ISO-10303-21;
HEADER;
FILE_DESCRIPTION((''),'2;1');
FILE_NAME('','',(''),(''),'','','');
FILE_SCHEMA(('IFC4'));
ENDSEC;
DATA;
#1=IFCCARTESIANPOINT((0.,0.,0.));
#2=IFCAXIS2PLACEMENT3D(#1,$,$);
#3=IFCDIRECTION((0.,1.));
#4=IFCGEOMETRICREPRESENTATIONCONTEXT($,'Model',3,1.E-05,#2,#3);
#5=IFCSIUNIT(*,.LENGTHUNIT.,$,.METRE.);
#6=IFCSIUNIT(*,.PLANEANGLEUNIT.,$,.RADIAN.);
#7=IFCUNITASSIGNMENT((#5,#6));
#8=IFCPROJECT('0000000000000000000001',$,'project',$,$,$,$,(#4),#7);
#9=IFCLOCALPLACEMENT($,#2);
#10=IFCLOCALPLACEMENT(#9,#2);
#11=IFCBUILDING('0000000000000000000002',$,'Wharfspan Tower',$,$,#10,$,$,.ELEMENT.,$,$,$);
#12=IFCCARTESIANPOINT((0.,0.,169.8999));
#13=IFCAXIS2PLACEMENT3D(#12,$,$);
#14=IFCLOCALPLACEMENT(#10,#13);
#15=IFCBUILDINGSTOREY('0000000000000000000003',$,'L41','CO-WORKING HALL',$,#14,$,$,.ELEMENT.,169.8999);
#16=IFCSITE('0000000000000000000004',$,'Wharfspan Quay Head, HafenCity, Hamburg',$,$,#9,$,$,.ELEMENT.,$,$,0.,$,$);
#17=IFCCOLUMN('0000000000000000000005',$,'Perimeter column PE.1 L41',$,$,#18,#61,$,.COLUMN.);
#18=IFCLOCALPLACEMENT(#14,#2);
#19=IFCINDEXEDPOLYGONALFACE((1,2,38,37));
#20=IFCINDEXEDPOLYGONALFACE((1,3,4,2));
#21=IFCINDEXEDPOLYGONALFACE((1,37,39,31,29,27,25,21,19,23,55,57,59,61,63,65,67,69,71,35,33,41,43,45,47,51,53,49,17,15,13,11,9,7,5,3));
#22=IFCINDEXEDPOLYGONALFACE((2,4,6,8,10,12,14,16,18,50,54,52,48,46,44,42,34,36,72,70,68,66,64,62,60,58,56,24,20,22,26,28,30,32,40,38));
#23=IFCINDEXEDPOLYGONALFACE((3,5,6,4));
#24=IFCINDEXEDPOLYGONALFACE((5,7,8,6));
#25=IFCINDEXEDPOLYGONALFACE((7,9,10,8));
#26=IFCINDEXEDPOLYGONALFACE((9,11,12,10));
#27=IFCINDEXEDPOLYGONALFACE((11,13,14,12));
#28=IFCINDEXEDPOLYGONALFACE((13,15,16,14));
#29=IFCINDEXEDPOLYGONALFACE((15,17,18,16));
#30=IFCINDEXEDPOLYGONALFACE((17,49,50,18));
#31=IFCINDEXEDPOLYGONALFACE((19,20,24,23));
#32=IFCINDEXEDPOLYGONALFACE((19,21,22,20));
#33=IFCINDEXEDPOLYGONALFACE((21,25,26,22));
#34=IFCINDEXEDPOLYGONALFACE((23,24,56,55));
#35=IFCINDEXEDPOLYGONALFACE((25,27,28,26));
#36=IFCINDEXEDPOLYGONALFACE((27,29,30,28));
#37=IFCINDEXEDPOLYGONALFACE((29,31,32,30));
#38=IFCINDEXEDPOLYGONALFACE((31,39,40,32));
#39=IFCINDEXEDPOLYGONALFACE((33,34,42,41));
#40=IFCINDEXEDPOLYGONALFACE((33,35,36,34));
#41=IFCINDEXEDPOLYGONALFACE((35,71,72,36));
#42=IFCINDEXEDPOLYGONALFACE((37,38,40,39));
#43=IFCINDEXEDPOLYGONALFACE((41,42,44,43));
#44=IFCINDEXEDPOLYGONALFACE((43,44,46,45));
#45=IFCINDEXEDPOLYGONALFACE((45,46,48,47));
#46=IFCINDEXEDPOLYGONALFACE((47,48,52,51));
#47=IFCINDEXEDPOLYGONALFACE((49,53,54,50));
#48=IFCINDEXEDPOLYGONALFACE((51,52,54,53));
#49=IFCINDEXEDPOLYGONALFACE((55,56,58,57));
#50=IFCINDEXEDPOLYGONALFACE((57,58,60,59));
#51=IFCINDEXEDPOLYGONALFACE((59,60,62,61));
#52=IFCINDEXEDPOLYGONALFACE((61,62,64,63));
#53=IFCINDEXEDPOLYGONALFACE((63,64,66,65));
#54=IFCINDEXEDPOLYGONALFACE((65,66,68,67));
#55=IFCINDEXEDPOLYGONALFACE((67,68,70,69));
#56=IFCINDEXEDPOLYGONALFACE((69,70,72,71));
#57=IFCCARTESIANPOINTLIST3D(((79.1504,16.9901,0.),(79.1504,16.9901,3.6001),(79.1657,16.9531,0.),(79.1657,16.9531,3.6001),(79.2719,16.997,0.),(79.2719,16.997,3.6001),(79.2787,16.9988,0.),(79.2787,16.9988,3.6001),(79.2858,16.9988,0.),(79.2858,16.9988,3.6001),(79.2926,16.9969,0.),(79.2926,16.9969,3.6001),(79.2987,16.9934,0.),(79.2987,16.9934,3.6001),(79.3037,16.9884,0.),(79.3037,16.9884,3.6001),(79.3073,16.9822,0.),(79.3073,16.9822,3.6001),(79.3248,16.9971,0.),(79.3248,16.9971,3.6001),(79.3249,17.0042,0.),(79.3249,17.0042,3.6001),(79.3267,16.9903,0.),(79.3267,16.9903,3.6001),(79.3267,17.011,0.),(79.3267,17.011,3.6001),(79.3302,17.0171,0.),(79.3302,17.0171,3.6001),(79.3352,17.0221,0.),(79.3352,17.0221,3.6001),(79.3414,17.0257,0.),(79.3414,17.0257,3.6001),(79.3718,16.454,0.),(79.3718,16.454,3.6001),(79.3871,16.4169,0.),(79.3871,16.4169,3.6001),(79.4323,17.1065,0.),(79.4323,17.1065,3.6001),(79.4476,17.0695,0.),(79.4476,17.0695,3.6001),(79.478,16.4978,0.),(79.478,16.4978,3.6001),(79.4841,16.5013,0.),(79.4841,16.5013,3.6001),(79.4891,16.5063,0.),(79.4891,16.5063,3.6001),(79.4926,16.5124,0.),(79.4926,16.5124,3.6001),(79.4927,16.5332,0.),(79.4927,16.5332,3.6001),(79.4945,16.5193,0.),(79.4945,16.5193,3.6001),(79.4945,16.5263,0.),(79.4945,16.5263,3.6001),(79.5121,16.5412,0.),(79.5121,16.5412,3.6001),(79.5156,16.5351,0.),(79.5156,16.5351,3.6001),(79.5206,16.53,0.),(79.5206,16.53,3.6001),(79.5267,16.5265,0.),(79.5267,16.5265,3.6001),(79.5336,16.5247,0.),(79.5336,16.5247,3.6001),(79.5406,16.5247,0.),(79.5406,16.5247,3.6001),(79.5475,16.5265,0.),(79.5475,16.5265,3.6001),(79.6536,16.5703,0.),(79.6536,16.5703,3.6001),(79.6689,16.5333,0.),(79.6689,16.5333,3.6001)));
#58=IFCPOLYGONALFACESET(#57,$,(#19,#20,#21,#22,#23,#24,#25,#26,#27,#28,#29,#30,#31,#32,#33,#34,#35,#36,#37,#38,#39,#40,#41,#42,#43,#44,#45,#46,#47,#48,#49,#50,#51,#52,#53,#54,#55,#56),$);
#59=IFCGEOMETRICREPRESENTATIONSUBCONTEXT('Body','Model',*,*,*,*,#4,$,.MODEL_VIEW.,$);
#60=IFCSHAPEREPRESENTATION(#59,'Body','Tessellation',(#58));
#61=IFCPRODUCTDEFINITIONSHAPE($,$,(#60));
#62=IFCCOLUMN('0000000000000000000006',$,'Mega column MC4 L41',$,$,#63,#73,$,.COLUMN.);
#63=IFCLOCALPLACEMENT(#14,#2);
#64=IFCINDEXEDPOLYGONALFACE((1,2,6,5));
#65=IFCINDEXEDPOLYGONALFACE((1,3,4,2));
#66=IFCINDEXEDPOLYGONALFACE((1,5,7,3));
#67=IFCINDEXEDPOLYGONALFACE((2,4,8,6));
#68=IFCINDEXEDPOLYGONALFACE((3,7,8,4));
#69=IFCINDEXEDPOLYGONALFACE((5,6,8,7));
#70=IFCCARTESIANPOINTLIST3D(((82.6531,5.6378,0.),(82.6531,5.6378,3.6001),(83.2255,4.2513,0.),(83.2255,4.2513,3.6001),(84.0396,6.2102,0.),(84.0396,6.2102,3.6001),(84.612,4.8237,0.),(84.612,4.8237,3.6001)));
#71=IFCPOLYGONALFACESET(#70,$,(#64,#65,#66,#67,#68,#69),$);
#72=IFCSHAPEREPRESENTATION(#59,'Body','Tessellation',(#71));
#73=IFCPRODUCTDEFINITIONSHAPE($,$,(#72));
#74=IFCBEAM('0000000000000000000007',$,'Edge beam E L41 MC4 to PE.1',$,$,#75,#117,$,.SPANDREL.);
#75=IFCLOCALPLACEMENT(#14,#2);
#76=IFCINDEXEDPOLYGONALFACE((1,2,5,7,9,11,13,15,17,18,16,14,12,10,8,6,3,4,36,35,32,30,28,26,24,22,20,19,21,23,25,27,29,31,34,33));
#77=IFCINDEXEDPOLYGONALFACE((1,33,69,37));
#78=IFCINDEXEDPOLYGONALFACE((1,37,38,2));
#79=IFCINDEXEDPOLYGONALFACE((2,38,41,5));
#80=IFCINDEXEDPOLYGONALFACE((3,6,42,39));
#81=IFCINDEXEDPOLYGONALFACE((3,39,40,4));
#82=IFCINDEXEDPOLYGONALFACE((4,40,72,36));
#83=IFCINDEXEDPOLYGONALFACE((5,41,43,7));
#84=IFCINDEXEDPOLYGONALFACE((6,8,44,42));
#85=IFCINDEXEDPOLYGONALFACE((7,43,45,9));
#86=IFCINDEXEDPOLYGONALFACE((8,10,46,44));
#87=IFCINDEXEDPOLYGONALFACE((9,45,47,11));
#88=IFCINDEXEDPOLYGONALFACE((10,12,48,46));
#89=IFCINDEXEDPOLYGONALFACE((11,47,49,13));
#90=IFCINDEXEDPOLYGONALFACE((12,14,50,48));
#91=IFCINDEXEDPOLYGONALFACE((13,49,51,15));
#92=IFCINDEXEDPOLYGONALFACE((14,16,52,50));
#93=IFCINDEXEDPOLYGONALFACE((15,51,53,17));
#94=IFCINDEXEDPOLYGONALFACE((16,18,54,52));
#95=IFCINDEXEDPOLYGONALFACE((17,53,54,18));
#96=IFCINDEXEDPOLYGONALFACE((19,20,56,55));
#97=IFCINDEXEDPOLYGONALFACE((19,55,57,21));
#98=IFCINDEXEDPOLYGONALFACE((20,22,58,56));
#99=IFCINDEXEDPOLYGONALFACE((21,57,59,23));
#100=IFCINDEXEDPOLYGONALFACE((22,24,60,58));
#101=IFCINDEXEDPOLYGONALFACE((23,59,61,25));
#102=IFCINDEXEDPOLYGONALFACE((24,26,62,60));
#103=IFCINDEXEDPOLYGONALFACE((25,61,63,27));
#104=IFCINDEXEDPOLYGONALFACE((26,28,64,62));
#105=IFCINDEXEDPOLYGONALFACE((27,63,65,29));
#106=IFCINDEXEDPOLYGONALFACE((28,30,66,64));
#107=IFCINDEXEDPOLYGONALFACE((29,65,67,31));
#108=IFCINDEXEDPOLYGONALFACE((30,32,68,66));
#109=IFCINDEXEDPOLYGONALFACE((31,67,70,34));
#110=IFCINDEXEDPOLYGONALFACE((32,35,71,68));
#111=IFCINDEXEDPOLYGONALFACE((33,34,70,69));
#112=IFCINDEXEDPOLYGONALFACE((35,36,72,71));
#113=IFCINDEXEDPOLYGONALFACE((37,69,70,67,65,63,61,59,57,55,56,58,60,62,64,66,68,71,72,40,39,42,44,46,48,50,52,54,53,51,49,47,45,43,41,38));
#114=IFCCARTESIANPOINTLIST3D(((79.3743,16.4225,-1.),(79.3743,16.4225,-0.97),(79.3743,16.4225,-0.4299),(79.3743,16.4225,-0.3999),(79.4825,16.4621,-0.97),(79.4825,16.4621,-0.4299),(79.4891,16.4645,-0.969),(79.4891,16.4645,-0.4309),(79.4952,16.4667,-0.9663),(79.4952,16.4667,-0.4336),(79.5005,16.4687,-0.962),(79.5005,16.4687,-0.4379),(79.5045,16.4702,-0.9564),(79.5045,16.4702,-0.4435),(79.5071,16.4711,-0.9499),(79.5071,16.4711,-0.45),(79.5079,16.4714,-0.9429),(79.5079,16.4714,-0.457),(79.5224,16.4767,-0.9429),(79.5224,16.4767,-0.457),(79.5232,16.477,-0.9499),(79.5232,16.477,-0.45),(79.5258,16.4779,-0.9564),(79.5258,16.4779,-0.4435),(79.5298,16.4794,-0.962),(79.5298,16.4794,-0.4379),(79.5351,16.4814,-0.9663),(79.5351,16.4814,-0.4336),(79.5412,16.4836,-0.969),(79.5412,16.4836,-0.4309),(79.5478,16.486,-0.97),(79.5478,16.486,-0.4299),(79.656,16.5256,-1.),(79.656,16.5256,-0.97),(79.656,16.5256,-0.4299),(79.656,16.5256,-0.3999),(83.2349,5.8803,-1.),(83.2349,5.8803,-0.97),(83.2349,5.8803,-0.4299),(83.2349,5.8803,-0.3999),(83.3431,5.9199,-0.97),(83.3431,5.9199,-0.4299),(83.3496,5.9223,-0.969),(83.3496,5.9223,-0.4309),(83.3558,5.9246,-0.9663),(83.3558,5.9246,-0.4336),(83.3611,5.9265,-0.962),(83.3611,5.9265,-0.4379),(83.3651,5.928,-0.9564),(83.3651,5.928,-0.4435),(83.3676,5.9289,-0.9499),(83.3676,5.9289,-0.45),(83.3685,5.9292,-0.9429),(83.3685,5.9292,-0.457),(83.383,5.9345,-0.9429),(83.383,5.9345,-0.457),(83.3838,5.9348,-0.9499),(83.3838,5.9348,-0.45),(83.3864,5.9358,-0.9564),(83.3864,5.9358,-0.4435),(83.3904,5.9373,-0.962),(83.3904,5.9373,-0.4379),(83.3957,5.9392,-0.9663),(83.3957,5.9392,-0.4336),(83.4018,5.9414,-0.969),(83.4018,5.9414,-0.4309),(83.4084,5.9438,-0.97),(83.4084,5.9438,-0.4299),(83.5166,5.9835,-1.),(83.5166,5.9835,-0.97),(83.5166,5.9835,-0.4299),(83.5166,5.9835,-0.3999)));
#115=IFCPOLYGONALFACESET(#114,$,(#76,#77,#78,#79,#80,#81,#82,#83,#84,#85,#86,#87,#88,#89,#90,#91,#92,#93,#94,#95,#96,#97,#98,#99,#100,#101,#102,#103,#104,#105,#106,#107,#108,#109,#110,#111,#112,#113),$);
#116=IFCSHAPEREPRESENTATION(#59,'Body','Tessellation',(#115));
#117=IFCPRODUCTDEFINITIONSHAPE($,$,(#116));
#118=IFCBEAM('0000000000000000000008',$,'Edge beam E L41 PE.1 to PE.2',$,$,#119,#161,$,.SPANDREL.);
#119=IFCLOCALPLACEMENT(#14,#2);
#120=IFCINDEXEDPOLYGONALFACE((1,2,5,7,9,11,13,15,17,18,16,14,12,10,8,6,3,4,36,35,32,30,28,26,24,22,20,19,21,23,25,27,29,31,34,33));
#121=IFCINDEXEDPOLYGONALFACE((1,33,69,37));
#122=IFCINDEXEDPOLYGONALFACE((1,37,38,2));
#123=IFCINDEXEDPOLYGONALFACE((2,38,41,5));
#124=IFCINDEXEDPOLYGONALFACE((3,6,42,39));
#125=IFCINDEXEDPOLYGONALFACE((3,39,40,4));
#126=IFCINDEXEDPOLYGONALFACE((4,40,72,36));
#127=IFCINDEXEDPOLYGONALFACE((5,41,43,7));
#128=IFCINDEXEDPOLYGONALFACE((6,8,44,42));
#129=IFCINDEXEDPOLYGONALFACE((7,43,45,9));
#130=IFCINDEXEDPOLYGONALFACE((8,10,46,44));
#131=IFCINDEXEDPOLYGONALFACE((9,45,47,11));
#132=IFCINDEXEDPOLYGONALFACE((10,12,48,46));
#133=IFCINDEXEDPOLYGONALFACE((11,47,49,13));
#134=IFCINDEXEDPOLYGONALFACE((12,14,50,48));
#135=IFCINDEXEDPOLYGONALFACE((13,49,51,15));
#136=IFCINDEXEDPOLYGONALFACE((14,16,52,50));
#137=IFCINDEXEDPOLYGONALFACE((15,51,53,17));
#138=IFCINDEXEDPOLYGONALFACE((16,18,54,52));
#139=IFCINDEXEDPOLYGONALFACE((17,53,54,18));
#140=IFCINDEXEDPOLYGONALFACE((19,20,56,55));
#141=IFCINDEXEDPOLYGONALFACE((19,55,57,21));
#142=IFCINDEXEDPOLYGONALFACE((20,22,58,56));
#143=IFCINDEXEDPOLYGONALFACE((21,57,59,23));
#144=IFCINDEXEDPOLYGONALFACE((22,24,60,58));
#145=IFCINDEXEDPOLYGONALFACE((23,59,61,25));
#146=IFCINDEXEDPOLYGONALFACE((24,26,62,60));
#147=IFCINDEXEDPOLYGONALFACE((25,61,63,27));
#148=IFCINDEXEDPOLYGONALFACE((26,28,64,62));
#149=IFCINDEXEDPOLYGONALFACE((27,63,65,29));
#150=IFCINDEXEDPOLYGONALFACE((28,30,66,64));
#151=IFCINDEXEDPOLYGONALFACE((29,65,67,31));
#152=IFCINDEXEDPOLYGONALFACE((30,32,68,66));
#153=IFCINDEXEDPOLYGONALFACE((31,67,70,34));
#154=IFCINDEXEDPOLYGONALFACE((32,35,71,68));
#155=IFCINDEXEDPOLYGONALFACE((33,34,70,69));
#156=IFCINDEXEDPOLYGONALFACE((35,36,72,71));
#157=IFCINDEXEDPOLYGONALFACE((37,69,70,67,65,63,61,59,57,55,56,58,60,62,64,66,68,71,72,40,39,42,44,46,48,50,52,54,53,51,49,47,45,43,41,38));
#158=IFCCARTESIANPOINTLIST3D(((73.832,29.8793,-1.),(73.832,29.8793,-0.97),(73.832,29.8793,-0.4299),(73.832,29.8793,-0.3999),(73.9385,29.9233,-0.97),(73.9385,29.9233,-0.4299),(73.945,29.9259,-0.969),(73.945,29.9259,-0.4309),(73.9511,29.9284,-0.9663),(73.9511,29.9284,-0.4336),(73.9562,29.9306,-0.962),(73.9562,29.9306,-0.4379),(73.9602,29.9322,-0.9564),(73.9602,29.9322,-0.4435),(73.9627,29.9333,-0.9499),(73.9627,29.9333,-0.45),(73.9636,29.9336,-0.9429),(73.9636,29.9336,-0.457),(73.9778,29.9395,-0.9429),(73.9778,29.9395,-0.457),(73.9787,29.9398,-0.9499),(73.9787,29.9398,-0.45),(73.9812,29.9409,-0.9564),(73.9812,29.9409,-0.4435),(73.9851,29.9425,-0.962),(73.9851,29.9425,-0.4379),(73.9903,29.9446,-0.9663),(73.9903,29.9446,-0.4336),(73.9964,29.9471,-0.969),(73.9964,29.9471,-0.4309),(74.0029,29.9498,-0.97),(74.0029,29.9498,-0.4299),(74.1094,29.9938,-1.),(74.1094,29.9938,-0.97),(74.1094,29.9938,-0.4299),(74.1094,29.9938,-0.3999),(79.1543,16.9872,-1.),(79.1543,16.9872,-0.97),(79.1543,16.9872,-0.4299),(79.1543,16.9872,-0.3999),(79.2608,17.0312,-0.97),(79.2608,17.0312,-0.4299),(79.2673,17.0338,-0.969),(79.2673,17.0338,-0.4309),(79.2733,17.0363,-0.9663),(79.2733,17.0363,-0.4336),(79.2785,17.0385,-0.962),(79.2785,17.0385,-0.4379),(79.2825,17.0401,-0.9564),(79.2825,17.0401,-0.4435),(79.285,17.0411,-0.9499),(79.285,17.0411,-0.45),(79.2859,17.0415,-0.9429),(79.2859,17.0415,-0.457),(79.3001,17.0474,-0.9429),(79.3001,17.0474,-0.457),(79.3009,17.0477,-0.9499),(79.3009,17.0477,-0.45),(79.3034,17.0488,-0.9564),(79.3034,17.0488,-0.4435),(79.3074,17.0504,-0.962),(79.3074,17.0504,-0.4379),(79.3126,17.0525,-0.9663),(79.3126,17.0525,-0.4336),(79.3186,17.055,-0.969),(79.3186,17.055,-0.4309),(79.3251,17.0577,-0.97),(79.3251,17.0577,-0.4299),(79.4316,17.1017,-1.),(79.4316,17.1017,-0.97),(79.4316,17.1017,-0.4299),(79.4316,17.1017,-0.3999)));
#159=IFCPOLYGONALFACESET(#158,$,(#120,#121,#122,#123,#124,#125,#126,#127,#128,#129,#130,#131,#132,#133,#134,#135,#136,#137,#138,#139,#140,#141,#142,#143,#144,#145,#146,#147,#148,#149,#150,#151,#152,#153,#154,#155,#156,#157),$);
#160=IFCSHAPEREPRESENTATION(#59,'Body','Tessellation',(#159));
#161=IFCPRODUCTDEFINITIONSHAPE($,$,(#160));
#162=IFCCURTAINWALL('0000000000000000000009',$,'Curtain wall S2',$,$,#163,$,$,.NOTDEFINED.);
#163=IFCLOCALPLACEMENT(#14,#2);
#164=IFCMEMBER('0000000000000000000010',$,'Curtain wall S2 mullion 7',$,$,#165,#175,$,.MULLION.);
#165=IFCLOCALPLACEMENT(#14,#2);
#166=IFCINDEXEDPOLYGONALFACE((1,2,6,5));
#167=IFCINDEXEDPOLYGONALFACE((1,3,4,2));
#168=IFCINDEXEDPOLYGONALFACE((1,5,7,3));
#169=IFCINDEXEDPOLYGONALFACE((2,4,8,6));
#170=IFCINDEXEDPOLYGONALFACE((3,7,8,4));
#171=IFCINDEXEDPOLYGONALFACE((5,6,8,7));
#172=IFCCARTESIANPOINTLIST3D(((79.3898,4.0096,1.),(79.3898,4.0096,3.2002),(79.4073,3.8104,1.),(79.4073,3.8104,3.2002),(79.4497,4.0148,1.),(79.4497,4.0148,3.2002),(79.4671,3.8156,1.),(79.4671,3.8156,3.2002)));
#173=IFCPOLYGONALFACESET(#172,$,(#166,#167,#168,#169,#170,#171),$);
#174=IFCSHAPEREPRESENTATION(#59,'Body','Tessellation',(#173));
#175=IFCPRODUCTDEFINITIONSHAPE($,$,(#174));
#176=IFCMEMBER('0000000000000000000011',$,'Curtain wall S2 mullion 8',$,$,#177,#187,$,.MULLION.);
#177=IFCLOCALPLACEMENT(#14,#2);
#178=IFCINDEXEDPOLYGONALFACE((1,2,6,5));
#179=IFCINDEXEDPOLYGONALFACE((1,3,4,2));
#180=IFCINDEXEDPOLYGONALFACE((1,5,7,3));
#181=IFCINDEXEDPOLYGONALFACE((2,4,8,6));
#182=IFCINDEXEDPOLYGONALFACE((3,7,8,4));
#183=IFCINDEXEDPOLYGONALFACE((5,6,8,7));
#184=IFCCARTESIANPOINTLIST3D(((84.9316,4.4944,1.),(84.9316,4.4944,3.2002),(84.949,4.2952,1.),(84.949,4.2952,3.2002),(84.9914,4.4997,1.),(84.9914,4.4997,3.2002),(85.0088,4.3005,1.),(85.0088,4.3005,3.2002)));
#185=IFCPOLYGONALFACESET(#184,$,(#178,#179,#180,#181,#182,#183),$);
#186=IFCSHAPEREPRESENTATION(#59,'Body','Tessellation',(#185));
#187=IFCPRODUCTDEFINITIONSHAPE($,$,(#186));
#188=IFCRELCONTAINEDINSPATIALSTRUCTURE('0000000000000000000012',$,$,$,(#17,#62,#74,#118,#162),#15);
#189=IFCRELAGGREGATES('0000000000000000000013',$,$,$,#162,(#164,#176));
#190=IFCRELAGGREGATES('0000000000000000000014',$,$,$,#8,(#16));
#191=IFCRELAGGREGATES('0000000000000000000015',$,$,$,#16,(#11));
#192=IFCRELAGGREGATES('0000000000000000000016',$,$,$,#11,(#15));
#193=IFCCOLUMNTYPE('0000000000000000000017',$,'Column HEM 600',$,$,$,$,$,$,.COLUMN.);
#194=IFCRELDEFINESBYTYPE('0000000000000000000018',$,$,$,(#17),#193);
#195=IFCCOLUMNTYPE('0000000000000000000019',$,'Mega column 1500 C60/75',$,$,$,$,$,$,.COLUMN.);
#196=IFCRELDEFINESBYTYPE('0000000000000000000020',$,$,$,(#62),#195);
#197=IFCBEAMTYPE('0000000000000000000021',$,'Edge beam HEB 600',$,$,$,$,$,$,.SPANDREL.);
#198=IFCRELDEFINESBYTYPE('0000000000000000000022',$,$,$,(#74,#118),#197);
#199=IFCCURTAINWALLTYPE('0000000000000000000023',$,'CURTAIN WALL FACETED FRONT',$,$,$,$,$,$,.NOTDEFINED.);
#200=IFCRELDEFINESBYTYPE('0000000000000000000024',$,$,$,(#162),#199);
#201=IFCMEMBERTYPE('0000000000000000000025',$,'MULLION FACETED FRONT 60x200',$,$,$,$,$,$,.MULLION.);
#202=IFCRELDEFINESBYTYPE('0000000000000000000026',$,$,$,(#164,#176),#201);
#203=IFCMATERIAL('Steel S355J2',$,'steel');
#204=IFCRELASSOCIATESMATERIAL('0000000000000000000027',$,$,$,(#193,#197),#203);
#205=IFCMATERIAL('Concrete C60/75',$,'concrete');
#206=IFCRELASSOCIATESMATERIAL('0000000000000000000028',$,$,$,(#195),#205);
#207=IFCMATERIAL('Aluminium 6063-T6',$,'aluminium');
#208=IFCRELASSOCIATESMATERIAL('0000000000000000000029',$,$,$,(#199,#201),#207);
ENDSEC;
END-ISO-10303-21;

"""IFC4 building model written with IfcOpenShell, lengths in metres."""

from ifc_helpers import new_model, si_unit, direction, frame, origin, origin_2d, place, context, subcontext, project, spatial, rectangle, i_section, extrude, material, material_profile, profile_set, type_object, element, aggregate, save


model = new_model("IFC4")

# Units and contexts
model_context = context("Model", 3, precision=1e-05, world=origin(), true_north=direction((0.0, 1.0)))
body_context = subcontext(model_context, "Body", "Model", "MODEL_VIEW")
ifc_project = project(units=[si_unit("LENGTHUNIT", "METRE"), si_unit("PLANEANGLEUNIT", "RADIAN")], contexts=[model_context])

# Site, building, storey
site_placement = place(None, origin())
site = spatial("IfcSite", under=ifc_project, at=site_placement, Name="Wharfspan Quay Head, HafenCity, Hamburg", CompositionType="ELEMENT", RefElevation=0.0)
building_placement = place(site_placement, origin())
building = spatial("IfcBuilding", under=site, at=building_placement, Name="Wharfspan Tower", CompositionType="ELEMENT")
storey_placement = place(building_placement, frame((0.0, 0.0, 169.8999)))
storey = spatial("IfcBuildingStorey", under=building, at=storey_placement, Name="L41", Description="CO-WORKING HALL", CompositionType="ELEMENT", Elevation=169.8999)

# Columns
ifc_material_1 = material(Name="Steel S355J2", Category="steel")
ifc_material_profile_1 = material_profile(ifc_material_1, i_section(OverallWidth=0.3049, OverallDepth=0.6201, WebThickness=0.021, FlangeThickness=0.04, FilletRadius=0.0271, at=origin_2d()))
ifc_profile_set_1 = profile_set([ifc_material_profile_1], Name="Steel S355J2")
column_type_1 = type_object("IfcColumnType", Name="Column HEM 600", PredefinedType="COLUMN", material=ifc_profile_set_1)
column_1_placement = place(storey_placement, frame((79.4097, 16.7617, 0.0), z_axis=(0.0, 0.0, 1.0), x_axis=(0.924325, 0.381602, 0.0)))
element("IfcColumn", 1, at=column_1_placement, inside=storey, type_object=column_type_1, Name="Perimeter column PE.1 L41", PredefinedType="COLUMN", context=body_context, shape_type="SweptSolid", body=[
    extrude(i_section(OverallWidth=0.3049, OverallDepth=0.6201, WebThickness=0.021, FlangeThickness=0.04, FilletRadius=0.0271, at=origin_2d()), origin(), (0.0, 0.0, 1.0), 3.6001),
])
ifc_material_2 = material(Name="Concrete C60/75", Category="concrete")
ifc_material_profile_2 = material_profile(ifc_material_2, rectangle(XDim=1.5, YDim=1.5, at=origin_2d()))
ifc_profile_set_2 = profile_set([ifc_material_profile_2], Name="Concrete C60/75")
column_type_2 = type_object("IfcColumnType", Name="Mega column 1500 C60/75", PredefinedType="COLUMN", material=ifc_profile_set_2)
column_2_placement = place(storey_placement, frame((83.6326, 5.2307, 0.0), z_axis=(0.0, 0.0, 1.0), x_axis=(-0.381602, 0.924325, 0.0)))
element("IfcColumn", 2, at=column_2_placement, inside=storey, type_object=column_type_2, Name="Mega column MC4 L41", PredefinedType="COLUMN", context=body_context, shape_type="SweptSolid", body=[
    extrude(rectangle(XDim=1.5, YDim=1.5, at=origin_2d()), origin(), (0.0, 0.0, 1.0), 3.6001),
])

# Beams
ifc_material_profile_3 = material_profile(ifc_material_1, i_section(OverallWidth=0.3, OverallDepth=0.6001, WebThickness=0.0154, FlangeThickness=0.03, FilletRadius=0.0271, at=origin_2d()))
ifc_profile_set_3 = profile_set([ifc_material_profile_3], Name="Steel S355J2")
beam_type = type_object("IfcBeamType", Name="Edge beam HEB 600", PredefinedType="SPANDREL", material=ifc_profile_set_3)
beam_1_placement = place(storey_placement, frame((83.3757, 5.9319, -0.7), z_axis=(-0.343871, 0.939017, 0.0), x_axis=(-0.939017, -0.343871, 0.0)))
element("IfcBeam", 3, at=beam_1_placement, inside=storey, type_object=beam_type, Name="Edge beam E L41 MC4 to PE.1", PredefinedType="SPANDREL", context=body_context, shape_type="SweptSolid", body=[
    extrude(i_section(OverallWidth=0.3, OverallDepth=0.6001, WebThickness=0.0154, FlangeThickness=0.03, FilletRadius=0.0271, at=origin_2d()), origin(), (0.0, 0.0, 1.0), 11.2268),
])
beam_2_placement = place(storey_placement, frame((79.293, 17.0444, -0.7), z_axis=(-0.381593, 0.92433, 0.0), x_axis=(-0.92433, -0.381593, 0.0)))
element("IfcBeam", 4, at=beam_2_placement, inside=storey, type_object=beam_type, Name="Edge beam E L41 PE.1 to PE.2", PredefinedType="SPANDREL", context=body_context, shape_type="SweptSolid", body=[
    extrude(i_section(OverallWidth=0.3, OverallDepth=0.6001, WebThickness=0.0154, FlangeThickness=0.03, FilletRadius=0.0271, at=origin_2d()), origin(), (0.0, 0.0, 1.0), 13.9475),
])

# Curtain wall, members
ifc_material_3 = material(Name="Aluminium 6063-T6", Category="aluminium")
curtain_wall_type_1 = type_object("IfcCurtainWallType", Name="CURTAIN WALL FACETED FRONT", PredefinedType="NOTDEFINED", material=ifc_material_3)
curtain_wall_1_placement = place(storey_placement, origin())
curtain_wall_1 = element("IfcCurtainWall", 5, at=curtain_wall_1_placement, inside=storey, type_object=curtain_wall_type_1, Name="Curtain wall S2", PredefinedType="NOTDEFINED")
ifc_material_profile_4 = material_profile(ifc_material_3, rectangle(XDim=0.2, YDim=0.0601, at=origin_2d()))
ifc_profile_set_4 = profile_set([ifc_material_profile_4], Name="Aluminium 6063-T6")
member_type_1 = type_object("IfcMemberType", Name="MULLION FACETED FRONT 60x200", PredefinedType="MULLION", material=ifc_profile_set_4)
member_1_placement = place(storey_placement, frame((79.4285, 3.9126, 1.0), z_axis=(0.0, 0.0, 1.0), x_axis=(-0.087156, 0.996198, 0.0)))
member_1 = element("IfcMember", 6, at=member_1_placement, type_object=member_type_1, Name="Curtain wall S2 mullion 7", PredefinedType="MULLION", context=body_context, shape_type="SweptSolid", body=[
    extrude(rectangle(XDim=0.2, YDim=0.0601, at=origin_2d()), origin(), (0.0, 0.0, 1.0), 2.2002),
])
member_2_placement = place(storey_placement, frame((84.9702, 4.3975, 1.0), z_axis=(0.0, 0.0, 1.0), x_axis=(-0.087156, 0.996198, 0.0)))
member_2 = element("IfcMember", 7, at=member_2_placement, type_object=member_type_1, Name="Curtain wall S2 mullion 8", PredefinedType="MULLION", context=body_context, shape_type="SweptSolid", body=[
    extrude(rectangle(XDim=0.2, YDim=0.0601, at=origin_2d()), origin(), (0.0, 0.0, 1.0), 2.2002),
])

aggregate(curtain_wall_1, [member_1, member_2])

save(model, "model.ifc")
